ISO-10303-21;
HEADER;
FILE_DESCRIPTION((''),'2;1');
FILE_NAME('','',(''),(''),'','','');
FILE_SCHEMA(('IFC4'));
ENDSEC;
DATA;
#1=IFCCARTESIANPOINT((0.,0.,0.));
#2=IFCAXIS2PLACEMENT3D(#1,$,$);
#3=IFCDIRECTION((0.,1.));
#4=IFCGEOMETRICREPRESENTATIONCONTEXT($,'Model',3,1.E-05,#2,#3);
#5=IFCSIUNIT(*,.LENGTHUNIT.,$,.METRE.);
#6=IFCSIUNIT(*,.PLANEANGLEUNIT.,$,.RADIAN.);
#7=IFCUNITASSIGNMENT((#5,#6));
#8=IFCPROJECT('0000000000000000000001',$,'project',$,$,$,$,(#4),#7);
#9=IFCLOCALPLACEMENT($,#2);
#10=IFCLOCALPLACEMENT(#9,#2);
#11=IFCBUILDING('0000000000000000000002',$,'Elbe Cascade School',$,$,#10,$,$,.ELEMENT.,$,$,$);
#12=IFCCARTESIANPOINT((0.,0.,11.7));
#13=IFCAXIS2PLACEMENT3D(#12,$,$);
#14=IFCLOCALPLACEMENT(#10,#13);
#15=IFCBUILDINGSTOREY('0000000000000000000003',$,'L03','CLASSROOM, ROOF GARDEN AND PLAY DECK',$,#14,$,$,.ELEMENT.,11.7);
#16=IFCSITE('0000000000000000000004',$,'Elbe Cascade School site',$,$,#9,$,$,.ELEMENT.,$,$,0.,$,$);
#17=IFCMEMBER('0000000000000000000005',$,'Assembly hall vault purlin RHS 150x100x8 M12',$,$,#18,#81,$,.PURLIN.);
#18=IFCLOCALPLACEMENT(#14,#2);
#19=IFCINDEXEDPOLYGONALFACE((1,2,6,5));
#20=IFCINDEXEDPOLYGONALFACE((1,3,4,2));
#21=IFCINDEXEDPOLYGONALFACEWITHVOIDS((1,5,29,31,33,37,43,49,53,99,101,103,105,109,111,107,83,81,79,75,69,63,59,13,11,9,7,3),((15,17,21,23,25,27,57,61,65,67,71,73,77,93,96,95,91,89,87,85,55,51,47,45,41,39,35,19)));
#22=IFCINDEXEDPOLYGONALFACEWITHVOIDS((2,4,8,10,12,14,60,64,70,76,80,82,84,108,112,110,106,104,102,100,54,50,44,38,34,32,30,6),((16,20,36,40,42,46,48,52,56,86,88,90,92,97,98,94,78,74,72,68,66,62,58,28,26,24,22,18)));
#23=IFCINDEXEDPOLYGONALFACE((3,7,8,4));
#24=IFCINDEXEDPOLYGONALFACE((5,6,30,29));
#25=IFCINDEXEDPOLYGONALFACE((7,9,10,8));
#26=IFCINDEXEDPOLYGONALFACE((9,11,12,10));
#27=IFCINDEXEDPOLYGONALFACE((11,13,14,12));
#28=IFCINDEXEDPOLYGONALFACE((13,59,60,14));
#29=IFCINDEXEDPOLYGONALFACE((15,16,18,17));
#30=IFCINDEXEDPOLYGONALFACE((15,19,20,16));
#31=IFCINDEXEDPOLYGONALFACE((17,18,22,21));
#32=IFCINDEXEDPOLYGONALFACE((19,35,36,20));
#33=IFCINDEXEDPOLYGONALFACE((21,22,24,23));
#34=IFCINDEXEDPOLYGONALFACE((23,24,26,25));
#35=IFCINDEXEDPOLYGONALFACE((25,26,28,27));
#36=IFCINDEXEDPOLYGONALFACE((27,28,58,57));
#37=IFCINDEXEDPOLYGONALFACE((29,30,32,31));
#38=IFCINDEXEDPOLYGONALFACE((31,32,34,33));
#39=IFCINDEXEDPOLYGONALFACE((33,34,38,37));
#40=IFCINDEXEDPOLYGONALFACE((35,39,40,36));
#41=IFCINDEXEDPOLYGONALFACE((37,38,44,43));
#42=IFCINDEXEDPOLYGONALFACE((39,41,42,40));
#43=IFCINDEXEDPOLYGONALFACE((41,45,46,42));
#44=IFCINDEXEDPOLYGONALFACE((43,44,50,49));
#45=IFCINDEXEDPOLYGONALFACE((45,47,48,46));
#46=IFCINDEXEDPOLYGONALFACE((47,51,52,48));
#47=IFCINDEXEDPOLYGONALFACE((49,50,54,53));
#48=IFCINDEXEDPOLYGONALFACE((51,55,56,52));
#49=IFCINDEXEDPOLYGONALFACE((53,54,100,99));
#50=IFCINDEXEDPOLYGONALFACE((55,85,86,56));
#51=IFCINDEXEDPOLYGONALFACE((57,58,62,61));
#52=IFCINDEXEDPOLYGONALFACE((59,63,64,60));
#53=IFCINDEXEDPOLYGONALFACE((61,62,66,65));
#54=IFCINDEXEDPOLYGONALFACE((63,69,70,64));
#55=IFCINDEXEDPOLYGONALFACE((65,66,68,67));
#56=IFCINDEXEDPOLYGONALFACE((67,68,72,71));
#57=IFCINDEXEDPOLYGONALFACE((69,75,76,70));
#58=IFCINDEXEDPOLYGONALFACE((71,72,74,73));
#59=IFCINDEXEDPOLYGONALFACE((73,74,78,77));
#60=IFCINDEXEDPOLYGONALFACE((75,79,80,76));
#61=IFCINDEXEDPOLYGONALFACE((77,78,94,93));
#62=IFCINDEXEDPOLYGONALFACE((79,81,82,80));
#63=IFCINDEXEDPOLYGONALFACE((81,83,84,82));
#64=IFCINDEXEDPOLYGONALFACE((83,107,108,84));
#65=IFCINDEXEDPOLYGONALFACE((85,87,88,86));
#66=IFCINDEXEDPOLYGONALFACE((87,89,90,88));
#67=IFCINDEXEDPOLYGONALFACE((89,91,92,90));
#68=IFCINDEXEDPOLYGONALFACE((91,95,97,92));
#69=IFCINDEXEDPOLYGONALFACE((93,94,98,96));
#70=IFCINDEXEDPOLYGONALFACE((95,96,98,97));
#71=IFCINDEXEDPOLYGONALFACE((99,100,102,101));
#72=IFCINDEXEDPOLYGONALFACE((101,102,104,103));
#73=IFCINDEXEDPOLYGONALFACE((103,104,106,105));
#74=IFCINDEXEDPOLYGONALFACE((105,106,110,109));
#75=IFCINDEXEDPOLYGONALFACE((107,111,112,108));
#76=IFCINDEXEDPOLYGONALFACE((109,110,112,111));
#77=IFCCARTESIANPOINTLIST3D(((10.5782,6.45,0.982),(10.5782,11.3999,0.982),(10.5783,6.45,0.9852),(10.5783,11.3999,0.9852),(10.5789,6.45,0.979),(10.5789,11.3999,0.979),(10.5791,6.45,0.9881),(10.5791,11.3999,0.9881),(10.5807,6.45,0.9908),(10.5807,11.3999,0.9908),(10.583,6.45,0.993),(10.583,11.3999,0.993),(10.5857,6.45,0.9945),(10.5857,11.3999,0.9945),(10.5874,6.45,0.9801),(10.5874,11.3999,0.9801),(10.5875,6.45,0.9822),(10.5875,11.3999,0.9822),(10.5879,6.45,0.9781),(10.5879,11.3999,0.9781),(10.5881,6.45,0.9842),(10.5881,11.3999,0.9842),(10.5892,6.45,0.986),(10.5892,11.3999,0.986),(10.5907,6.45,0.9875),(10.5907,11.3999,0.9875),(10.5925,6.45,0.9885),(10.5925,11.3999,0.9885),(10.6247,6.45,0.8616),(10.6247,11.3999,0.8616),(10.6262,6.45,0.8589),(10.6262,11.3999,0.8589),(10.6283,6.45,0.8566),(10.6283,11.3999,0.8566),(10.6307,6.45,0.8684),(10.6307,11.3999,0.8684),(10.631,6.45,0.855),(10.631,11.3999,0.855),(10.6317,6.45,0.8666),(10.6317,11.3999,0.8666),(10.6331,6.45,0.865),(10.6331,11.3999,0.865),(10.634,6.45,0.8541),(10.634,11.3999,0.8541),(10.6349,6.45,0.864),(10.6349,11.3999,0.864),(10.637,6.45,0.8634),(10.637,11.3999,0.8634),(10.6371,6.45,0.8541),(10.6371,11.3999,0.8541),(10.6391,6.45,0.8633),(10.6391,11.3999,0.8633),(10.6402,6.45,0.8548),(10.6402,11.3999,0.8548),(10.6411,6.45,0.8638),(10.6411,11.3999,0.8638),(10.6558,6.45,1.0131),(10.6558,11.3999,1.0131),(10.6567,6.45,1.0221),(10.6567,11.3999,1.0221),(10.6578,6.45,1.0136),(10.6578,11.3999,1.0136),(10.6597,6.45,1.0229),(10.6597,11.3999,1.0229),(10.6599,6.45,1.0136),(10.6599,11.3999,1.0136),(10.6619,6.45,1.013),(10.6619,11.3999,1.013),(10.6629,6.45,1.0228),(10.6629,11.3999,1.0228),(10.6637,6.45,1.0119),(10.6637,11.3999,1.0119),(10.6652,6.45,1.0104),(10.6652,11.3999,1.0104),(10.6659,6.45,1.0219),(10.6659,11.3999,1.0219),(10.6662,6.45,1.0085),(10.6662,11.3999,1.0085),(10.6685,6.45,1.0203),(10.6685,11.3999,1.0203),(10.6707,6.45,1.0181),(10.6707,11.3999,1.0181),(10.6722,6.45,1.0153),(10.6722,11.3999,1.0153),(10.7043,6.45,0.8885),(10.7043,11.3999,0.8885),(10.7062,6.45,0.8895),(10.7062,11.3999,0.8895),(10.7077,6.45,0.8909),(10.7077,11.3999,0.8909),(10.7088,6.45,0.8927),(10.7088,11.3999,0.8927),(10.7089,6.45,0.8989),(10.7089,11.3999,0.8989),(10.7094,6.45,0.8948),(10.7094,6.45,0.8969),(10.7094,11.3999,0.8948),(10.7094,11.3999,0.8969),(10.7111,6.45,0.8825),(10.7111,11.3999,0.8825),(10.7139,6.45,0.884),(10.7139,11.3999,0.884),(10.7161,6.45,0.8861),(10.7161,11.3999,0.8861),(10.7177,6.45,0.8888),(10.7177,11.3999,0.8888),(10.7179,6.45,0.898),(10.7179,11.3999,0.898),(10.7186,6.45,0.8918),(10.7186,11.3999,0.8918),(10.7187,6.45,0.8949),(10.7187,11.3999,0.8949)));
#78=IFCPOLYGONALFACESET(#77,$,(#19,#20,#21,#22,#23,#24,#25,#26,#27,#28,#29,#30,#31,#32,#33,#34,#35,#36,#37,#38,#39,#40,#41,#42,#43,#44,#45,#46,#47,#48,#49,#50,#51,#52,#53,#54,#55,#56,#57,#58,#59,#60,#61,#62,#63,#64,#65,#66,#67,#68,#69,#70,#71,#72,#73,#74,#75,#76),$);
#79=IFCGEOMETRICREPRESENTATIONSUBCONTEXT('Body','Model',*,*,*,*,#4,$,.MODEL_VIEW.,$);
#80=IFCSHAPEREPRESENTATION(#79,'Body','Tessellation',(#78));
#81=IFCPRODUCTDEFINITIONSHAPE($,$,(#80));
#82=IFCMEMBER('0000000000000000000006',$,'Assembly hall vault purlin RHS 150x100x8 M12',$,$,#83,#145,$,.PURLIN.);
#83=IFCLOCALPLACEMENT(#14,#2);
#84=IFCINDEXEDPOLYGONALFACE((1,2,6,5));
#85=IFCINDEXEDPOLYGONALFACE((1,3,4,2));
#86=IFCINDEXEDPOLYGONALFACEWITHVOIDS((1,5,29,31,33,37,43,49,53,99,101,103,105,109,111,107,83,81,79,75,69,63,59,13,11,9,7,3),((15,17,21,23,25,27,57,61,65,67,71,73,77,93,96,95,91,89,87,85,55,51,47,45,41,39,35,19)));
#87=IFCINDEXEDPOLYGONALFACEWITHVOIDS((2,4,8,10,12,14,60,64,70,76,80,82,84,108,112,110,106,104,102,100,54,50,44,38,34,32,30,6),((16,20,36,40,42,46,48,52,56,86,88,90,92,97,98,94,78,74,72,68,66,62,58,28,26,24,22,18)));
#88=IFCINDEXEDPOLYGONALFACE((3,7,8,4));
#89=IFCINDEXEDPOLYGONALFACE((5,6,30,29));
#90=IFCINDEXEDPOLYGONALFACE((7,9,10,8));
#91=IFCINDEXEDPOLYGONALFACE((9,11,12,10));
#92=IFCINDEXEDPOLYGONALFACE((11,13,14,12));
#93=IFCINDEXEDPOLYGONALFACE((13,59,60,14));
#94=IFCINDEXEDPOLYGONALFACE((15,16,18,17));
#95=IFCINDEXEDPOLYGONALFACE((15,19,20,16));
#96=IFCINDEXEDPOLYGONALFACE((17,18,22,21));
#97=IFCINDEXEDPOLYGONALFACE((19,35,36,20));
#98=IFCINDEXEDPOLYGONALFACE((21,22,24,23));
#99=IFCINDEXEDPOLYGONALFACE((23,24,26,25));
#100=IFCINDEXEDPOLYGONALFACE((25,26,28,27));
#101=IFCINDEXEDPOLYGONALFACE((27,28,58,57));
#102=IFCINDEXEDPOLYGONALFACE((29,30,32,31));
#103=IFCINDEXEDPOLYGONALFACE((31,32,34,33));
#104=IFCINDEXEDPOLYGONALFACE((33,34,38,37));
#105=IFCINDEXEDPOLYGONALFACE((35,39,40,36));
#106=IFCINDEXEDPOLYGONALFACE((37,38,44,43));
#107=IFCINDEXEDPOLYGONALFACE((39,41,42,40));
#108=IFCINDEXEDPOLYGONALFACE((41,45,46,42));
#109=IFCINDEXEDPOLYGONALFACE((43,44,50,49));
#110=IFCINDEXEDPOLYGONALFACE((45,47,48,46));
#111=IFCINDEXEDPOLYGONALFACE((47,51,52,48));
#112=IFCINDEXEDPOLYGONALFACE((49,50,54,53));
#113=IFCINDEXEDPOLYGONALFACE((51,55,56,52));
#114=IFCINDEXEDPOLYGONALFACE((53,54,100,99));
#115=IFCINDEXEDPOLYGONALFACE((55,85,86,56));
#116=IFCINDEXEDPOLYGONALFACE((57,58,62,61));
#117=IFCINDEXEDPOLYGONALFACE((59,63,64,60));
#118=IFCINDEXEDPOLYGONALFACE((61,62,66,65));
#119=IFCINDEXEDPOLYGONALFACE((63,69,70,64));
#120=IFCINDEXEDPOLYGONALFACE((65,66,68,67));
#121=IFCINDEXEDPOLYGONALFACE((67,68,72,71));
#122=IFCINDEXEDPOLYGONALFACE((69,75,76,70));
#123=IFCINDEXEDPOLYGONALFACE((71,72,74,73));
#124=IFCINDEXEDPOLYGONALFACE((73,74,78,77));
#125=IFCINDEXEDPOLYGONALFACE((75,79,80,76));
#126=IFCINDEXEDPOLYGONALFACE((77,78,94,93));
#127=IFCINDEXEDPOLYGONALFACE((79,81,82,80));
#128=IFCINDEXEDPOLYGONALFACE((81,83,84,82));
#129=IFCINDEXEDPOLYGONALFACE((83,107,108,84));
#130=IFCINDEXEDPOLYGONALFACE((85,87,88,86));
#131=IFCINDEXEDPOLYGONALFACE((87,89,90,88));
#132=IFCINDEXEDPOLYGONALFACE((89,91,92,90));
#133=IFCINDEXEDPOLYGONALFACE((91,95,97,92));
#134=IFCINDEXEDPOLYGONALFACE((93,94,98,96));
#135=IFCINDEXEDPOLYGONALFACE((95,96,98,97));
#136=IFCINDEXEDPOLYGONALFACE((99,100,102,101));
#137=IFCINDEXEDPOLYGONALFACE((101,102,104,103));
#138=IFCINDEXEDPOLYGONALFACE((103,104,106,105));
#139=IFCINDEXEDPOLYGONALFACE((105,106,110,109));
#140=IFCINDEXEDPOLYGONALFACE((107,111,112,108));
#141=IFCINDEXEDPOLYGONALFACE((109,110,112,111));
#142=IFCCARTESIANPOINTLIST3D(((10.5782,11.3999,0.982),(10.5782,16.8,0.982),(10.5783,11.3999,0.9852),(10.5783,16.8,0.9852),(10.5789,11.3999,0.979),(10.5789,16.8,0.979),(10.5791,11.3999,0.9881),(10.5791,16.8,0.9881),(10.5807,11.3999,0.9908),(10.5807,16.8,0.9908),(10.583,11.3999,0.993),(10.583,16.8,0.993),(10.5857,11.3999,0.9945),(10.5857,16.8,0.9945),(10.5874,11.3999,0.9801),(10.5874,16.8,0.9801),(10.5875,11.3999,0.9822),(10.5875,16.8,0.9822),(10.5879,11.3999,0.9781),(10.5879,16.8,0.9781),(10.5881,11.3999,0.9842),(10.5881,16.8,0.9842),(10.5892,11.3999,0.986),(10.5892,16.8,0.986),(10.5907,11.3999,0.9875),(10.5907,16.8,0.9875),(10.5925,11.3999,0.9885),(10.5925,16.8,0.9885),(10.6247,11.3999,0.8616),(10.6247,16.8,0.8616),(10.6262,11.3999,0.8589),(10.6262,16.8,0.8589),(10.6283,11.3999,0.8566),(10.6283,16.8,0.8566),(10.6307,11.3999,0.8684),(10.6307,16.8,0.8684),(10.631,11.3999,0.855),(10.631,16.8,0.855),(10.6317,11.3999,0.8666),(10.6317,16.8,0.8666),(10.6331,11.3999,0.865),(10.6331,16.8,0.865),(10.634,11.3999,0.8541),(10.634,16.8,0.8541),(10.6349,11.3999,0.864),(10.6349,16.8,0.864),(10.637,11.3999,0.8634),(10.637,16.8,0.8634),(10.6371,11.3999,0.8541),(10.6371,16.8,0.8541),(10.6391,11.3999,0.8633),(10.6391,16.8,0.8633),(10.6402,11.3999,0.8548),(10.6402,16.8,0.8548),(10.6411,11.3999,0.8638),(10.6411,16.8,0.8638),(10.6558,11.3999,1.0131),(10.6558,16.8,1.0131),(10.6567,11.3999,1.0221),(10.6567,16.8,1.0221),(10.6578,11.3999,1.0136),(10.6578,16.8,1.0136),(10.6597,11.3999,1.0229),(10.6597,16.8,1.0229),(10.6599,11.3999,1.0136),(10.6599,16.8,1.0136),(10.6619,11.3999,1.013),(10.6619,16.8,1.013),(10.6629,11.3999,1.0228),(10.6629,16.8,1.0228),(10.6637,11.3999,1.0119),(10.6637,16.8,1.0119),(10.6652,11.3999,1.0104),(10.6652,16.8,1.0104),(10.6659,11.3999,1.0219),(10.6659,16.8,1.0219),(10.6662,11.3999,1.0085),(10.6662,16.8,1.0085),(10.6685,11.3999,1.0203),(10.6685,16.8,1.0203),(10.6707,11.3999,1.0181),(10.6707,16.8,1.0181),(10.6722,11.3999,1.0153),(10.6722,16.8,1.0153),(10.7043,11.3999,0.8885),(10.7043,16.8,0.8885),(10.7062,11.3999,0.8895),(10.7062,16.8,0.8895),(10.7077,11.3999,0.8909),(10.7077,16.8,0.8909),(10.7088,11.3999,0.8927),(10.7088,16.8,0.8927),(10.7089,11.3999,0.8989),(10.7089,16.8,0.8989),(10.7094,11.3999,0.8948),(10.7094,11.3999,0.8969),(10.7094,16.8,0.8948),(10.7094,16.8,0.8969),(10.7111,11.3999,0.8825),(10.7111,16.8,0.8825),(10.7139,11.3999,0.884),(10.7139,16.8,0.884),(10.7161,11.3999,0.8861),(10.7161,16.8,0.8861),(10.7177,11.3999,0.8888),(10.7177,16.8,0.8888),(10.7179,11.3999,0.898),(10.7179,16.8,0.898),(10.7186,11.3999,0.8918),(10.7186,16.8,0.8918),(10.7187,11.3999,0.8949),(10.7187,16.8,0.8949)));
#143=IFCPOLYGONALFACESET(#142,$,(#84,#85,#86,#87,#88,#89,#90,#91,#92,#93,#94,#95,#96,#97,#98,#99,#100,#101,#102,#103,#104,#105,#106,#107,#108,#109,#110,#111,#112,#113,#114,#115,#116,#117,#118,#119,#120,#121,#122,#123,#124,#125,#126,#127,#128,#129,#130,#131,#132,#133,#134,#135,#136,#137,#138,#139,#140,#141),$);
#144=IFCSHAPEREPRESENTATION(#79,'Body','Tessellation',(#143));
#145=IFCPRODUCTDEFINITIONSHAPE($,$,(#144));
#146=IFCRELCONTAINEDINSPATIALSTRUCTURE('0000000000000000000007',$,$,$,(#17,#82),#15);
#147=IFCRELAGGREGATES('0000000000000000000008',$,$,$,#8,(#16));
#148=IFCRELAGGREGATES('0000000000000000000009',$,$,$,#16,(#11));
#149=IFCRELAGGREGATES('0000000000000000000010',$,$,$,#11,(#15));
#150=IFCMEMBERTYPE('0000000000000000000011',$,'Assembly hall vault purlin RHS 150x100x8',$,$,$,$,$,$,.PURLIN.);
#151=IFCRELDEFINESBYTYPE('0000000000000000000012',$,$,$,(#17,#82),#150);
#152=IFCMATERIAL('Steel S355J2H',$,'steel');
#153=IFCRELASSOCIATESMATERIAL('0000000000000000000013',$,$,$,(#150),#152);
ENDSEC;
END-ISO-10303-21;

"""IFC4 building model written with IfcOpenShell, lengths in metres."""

from ifc_helpers import new_model, si_unit, direction, frame, origin, origin_2d, place, context, subcontext, project, spatial, hollow_rectangle, extrude, material, material_profile, profile_set, type_object, element, save


model = new_model("IFC4")

# Units and contexts
model_context = context("Model", 3, precision=1e-05, world=origin(), true_north=direction((0.0, 1.0)))
body_context = subcontext(model_context, "Body", "Model", "MODEL_VIEW")
ifc_project = project(units=[si_unit("LENGTHUNIT", "METRE"), si_unit("PLANEANGLEUNIT", "RADIAN")], contexts=[model_context])

# Site, building, storey
site_placement = place(None, origin())
site = spatial("IfcSite", under=ifc_project, at=site_placement, Name="Elbe Cascade School site", CompositionType="ELEMENT", RefElevation=0.0)
building_placement = place(site_placement, origin())
building = spatial("IfcBuilding", under=site, at=building_placement, Name="Elbe Cascade School", CompositionType="ELEMENT")
storey_placement = place(building_placement, frame((0.0, 0.0, 11.7)))
storey = spatial("IfcBuildingStorey", under=building, at=storey_placement, Name="L03", Description="CLASSROOM, ROOF GARDEN AND PLAY DECK", CompositionType="ELEMENT", Elevation=11.7)

# Members
ifc_material_1 = material(Name="Steel S355J2H", Category="steel")
ifc_material_profile_1 = material_profile(ifc_material_1, hollow_rectangle(XDim=0.1001, YDim=0.1499, WallThickness=0.0081, InnerFilletRadius=0.0081, OuterFilletRadius=0.012, at=origin_2d()), Name="RHS 150x100x8")
ifc_profile_set_1 = profile_set([ifc_material_profile_1], Name="Steel S355J2H")
member_type_1 = type_object("IfcMemberType", Name="Assembly hall vault purlin RHS 150x100x8", PredefinedType="PURLIN", material=ifc_profile_set_1)
member_1_placement = place(storey_placement, frame((10.6484, 6.45, 0.9385), z_axis=(0.0, 1.0, 0.0), x_axis=(-0.93176, 0.0, -0.363076)))
element("IfcMember", 1, at=member_1_placement, inside=storey, type_object=member_type_1, Name="Assembly hall vault purlin RHS 150x100x8 M12", PredefinedType="PURLIN", context=body_context, shape_type="SweptSolid", body=[
    extrude(hollow_rectangle(XDim=0.1001, YDim=0.1499, WallThickness=0.0081, InnerFilletRadius=0.0081, OuterFilletRadius=0.012, at=origin_2d()), origin(), (0.0, 0.0, 1.0), 4.95),
])
member_2_placement = place(storey_placement, frame((10.6484, 11.3999, 0.9385), z_axis=(0.0, 1.0, 0.0), x_axis=(-0.93176, 0.0, -0.363076)))
element("IfcMember", 2, at=member_2_placement, inside=storey, type_object=member_type_1, Name="Assembly hall vault purlin RHS 150x100x8 M12", PredefinedType="PURLIN", context=body_context, shape_type="SweptSolid", body=[
    extrude(hollow_rectangle(XDim=0.1001, YDim=0.1499, WallThickness=0.0081, InnerFilletRadius=0.0081, OuterFilletRadius=0.012, at=origin_2d()), origin(), (0.0, 0.0, 1.0), 5.4001),
])

save(model, "model.ifc")
